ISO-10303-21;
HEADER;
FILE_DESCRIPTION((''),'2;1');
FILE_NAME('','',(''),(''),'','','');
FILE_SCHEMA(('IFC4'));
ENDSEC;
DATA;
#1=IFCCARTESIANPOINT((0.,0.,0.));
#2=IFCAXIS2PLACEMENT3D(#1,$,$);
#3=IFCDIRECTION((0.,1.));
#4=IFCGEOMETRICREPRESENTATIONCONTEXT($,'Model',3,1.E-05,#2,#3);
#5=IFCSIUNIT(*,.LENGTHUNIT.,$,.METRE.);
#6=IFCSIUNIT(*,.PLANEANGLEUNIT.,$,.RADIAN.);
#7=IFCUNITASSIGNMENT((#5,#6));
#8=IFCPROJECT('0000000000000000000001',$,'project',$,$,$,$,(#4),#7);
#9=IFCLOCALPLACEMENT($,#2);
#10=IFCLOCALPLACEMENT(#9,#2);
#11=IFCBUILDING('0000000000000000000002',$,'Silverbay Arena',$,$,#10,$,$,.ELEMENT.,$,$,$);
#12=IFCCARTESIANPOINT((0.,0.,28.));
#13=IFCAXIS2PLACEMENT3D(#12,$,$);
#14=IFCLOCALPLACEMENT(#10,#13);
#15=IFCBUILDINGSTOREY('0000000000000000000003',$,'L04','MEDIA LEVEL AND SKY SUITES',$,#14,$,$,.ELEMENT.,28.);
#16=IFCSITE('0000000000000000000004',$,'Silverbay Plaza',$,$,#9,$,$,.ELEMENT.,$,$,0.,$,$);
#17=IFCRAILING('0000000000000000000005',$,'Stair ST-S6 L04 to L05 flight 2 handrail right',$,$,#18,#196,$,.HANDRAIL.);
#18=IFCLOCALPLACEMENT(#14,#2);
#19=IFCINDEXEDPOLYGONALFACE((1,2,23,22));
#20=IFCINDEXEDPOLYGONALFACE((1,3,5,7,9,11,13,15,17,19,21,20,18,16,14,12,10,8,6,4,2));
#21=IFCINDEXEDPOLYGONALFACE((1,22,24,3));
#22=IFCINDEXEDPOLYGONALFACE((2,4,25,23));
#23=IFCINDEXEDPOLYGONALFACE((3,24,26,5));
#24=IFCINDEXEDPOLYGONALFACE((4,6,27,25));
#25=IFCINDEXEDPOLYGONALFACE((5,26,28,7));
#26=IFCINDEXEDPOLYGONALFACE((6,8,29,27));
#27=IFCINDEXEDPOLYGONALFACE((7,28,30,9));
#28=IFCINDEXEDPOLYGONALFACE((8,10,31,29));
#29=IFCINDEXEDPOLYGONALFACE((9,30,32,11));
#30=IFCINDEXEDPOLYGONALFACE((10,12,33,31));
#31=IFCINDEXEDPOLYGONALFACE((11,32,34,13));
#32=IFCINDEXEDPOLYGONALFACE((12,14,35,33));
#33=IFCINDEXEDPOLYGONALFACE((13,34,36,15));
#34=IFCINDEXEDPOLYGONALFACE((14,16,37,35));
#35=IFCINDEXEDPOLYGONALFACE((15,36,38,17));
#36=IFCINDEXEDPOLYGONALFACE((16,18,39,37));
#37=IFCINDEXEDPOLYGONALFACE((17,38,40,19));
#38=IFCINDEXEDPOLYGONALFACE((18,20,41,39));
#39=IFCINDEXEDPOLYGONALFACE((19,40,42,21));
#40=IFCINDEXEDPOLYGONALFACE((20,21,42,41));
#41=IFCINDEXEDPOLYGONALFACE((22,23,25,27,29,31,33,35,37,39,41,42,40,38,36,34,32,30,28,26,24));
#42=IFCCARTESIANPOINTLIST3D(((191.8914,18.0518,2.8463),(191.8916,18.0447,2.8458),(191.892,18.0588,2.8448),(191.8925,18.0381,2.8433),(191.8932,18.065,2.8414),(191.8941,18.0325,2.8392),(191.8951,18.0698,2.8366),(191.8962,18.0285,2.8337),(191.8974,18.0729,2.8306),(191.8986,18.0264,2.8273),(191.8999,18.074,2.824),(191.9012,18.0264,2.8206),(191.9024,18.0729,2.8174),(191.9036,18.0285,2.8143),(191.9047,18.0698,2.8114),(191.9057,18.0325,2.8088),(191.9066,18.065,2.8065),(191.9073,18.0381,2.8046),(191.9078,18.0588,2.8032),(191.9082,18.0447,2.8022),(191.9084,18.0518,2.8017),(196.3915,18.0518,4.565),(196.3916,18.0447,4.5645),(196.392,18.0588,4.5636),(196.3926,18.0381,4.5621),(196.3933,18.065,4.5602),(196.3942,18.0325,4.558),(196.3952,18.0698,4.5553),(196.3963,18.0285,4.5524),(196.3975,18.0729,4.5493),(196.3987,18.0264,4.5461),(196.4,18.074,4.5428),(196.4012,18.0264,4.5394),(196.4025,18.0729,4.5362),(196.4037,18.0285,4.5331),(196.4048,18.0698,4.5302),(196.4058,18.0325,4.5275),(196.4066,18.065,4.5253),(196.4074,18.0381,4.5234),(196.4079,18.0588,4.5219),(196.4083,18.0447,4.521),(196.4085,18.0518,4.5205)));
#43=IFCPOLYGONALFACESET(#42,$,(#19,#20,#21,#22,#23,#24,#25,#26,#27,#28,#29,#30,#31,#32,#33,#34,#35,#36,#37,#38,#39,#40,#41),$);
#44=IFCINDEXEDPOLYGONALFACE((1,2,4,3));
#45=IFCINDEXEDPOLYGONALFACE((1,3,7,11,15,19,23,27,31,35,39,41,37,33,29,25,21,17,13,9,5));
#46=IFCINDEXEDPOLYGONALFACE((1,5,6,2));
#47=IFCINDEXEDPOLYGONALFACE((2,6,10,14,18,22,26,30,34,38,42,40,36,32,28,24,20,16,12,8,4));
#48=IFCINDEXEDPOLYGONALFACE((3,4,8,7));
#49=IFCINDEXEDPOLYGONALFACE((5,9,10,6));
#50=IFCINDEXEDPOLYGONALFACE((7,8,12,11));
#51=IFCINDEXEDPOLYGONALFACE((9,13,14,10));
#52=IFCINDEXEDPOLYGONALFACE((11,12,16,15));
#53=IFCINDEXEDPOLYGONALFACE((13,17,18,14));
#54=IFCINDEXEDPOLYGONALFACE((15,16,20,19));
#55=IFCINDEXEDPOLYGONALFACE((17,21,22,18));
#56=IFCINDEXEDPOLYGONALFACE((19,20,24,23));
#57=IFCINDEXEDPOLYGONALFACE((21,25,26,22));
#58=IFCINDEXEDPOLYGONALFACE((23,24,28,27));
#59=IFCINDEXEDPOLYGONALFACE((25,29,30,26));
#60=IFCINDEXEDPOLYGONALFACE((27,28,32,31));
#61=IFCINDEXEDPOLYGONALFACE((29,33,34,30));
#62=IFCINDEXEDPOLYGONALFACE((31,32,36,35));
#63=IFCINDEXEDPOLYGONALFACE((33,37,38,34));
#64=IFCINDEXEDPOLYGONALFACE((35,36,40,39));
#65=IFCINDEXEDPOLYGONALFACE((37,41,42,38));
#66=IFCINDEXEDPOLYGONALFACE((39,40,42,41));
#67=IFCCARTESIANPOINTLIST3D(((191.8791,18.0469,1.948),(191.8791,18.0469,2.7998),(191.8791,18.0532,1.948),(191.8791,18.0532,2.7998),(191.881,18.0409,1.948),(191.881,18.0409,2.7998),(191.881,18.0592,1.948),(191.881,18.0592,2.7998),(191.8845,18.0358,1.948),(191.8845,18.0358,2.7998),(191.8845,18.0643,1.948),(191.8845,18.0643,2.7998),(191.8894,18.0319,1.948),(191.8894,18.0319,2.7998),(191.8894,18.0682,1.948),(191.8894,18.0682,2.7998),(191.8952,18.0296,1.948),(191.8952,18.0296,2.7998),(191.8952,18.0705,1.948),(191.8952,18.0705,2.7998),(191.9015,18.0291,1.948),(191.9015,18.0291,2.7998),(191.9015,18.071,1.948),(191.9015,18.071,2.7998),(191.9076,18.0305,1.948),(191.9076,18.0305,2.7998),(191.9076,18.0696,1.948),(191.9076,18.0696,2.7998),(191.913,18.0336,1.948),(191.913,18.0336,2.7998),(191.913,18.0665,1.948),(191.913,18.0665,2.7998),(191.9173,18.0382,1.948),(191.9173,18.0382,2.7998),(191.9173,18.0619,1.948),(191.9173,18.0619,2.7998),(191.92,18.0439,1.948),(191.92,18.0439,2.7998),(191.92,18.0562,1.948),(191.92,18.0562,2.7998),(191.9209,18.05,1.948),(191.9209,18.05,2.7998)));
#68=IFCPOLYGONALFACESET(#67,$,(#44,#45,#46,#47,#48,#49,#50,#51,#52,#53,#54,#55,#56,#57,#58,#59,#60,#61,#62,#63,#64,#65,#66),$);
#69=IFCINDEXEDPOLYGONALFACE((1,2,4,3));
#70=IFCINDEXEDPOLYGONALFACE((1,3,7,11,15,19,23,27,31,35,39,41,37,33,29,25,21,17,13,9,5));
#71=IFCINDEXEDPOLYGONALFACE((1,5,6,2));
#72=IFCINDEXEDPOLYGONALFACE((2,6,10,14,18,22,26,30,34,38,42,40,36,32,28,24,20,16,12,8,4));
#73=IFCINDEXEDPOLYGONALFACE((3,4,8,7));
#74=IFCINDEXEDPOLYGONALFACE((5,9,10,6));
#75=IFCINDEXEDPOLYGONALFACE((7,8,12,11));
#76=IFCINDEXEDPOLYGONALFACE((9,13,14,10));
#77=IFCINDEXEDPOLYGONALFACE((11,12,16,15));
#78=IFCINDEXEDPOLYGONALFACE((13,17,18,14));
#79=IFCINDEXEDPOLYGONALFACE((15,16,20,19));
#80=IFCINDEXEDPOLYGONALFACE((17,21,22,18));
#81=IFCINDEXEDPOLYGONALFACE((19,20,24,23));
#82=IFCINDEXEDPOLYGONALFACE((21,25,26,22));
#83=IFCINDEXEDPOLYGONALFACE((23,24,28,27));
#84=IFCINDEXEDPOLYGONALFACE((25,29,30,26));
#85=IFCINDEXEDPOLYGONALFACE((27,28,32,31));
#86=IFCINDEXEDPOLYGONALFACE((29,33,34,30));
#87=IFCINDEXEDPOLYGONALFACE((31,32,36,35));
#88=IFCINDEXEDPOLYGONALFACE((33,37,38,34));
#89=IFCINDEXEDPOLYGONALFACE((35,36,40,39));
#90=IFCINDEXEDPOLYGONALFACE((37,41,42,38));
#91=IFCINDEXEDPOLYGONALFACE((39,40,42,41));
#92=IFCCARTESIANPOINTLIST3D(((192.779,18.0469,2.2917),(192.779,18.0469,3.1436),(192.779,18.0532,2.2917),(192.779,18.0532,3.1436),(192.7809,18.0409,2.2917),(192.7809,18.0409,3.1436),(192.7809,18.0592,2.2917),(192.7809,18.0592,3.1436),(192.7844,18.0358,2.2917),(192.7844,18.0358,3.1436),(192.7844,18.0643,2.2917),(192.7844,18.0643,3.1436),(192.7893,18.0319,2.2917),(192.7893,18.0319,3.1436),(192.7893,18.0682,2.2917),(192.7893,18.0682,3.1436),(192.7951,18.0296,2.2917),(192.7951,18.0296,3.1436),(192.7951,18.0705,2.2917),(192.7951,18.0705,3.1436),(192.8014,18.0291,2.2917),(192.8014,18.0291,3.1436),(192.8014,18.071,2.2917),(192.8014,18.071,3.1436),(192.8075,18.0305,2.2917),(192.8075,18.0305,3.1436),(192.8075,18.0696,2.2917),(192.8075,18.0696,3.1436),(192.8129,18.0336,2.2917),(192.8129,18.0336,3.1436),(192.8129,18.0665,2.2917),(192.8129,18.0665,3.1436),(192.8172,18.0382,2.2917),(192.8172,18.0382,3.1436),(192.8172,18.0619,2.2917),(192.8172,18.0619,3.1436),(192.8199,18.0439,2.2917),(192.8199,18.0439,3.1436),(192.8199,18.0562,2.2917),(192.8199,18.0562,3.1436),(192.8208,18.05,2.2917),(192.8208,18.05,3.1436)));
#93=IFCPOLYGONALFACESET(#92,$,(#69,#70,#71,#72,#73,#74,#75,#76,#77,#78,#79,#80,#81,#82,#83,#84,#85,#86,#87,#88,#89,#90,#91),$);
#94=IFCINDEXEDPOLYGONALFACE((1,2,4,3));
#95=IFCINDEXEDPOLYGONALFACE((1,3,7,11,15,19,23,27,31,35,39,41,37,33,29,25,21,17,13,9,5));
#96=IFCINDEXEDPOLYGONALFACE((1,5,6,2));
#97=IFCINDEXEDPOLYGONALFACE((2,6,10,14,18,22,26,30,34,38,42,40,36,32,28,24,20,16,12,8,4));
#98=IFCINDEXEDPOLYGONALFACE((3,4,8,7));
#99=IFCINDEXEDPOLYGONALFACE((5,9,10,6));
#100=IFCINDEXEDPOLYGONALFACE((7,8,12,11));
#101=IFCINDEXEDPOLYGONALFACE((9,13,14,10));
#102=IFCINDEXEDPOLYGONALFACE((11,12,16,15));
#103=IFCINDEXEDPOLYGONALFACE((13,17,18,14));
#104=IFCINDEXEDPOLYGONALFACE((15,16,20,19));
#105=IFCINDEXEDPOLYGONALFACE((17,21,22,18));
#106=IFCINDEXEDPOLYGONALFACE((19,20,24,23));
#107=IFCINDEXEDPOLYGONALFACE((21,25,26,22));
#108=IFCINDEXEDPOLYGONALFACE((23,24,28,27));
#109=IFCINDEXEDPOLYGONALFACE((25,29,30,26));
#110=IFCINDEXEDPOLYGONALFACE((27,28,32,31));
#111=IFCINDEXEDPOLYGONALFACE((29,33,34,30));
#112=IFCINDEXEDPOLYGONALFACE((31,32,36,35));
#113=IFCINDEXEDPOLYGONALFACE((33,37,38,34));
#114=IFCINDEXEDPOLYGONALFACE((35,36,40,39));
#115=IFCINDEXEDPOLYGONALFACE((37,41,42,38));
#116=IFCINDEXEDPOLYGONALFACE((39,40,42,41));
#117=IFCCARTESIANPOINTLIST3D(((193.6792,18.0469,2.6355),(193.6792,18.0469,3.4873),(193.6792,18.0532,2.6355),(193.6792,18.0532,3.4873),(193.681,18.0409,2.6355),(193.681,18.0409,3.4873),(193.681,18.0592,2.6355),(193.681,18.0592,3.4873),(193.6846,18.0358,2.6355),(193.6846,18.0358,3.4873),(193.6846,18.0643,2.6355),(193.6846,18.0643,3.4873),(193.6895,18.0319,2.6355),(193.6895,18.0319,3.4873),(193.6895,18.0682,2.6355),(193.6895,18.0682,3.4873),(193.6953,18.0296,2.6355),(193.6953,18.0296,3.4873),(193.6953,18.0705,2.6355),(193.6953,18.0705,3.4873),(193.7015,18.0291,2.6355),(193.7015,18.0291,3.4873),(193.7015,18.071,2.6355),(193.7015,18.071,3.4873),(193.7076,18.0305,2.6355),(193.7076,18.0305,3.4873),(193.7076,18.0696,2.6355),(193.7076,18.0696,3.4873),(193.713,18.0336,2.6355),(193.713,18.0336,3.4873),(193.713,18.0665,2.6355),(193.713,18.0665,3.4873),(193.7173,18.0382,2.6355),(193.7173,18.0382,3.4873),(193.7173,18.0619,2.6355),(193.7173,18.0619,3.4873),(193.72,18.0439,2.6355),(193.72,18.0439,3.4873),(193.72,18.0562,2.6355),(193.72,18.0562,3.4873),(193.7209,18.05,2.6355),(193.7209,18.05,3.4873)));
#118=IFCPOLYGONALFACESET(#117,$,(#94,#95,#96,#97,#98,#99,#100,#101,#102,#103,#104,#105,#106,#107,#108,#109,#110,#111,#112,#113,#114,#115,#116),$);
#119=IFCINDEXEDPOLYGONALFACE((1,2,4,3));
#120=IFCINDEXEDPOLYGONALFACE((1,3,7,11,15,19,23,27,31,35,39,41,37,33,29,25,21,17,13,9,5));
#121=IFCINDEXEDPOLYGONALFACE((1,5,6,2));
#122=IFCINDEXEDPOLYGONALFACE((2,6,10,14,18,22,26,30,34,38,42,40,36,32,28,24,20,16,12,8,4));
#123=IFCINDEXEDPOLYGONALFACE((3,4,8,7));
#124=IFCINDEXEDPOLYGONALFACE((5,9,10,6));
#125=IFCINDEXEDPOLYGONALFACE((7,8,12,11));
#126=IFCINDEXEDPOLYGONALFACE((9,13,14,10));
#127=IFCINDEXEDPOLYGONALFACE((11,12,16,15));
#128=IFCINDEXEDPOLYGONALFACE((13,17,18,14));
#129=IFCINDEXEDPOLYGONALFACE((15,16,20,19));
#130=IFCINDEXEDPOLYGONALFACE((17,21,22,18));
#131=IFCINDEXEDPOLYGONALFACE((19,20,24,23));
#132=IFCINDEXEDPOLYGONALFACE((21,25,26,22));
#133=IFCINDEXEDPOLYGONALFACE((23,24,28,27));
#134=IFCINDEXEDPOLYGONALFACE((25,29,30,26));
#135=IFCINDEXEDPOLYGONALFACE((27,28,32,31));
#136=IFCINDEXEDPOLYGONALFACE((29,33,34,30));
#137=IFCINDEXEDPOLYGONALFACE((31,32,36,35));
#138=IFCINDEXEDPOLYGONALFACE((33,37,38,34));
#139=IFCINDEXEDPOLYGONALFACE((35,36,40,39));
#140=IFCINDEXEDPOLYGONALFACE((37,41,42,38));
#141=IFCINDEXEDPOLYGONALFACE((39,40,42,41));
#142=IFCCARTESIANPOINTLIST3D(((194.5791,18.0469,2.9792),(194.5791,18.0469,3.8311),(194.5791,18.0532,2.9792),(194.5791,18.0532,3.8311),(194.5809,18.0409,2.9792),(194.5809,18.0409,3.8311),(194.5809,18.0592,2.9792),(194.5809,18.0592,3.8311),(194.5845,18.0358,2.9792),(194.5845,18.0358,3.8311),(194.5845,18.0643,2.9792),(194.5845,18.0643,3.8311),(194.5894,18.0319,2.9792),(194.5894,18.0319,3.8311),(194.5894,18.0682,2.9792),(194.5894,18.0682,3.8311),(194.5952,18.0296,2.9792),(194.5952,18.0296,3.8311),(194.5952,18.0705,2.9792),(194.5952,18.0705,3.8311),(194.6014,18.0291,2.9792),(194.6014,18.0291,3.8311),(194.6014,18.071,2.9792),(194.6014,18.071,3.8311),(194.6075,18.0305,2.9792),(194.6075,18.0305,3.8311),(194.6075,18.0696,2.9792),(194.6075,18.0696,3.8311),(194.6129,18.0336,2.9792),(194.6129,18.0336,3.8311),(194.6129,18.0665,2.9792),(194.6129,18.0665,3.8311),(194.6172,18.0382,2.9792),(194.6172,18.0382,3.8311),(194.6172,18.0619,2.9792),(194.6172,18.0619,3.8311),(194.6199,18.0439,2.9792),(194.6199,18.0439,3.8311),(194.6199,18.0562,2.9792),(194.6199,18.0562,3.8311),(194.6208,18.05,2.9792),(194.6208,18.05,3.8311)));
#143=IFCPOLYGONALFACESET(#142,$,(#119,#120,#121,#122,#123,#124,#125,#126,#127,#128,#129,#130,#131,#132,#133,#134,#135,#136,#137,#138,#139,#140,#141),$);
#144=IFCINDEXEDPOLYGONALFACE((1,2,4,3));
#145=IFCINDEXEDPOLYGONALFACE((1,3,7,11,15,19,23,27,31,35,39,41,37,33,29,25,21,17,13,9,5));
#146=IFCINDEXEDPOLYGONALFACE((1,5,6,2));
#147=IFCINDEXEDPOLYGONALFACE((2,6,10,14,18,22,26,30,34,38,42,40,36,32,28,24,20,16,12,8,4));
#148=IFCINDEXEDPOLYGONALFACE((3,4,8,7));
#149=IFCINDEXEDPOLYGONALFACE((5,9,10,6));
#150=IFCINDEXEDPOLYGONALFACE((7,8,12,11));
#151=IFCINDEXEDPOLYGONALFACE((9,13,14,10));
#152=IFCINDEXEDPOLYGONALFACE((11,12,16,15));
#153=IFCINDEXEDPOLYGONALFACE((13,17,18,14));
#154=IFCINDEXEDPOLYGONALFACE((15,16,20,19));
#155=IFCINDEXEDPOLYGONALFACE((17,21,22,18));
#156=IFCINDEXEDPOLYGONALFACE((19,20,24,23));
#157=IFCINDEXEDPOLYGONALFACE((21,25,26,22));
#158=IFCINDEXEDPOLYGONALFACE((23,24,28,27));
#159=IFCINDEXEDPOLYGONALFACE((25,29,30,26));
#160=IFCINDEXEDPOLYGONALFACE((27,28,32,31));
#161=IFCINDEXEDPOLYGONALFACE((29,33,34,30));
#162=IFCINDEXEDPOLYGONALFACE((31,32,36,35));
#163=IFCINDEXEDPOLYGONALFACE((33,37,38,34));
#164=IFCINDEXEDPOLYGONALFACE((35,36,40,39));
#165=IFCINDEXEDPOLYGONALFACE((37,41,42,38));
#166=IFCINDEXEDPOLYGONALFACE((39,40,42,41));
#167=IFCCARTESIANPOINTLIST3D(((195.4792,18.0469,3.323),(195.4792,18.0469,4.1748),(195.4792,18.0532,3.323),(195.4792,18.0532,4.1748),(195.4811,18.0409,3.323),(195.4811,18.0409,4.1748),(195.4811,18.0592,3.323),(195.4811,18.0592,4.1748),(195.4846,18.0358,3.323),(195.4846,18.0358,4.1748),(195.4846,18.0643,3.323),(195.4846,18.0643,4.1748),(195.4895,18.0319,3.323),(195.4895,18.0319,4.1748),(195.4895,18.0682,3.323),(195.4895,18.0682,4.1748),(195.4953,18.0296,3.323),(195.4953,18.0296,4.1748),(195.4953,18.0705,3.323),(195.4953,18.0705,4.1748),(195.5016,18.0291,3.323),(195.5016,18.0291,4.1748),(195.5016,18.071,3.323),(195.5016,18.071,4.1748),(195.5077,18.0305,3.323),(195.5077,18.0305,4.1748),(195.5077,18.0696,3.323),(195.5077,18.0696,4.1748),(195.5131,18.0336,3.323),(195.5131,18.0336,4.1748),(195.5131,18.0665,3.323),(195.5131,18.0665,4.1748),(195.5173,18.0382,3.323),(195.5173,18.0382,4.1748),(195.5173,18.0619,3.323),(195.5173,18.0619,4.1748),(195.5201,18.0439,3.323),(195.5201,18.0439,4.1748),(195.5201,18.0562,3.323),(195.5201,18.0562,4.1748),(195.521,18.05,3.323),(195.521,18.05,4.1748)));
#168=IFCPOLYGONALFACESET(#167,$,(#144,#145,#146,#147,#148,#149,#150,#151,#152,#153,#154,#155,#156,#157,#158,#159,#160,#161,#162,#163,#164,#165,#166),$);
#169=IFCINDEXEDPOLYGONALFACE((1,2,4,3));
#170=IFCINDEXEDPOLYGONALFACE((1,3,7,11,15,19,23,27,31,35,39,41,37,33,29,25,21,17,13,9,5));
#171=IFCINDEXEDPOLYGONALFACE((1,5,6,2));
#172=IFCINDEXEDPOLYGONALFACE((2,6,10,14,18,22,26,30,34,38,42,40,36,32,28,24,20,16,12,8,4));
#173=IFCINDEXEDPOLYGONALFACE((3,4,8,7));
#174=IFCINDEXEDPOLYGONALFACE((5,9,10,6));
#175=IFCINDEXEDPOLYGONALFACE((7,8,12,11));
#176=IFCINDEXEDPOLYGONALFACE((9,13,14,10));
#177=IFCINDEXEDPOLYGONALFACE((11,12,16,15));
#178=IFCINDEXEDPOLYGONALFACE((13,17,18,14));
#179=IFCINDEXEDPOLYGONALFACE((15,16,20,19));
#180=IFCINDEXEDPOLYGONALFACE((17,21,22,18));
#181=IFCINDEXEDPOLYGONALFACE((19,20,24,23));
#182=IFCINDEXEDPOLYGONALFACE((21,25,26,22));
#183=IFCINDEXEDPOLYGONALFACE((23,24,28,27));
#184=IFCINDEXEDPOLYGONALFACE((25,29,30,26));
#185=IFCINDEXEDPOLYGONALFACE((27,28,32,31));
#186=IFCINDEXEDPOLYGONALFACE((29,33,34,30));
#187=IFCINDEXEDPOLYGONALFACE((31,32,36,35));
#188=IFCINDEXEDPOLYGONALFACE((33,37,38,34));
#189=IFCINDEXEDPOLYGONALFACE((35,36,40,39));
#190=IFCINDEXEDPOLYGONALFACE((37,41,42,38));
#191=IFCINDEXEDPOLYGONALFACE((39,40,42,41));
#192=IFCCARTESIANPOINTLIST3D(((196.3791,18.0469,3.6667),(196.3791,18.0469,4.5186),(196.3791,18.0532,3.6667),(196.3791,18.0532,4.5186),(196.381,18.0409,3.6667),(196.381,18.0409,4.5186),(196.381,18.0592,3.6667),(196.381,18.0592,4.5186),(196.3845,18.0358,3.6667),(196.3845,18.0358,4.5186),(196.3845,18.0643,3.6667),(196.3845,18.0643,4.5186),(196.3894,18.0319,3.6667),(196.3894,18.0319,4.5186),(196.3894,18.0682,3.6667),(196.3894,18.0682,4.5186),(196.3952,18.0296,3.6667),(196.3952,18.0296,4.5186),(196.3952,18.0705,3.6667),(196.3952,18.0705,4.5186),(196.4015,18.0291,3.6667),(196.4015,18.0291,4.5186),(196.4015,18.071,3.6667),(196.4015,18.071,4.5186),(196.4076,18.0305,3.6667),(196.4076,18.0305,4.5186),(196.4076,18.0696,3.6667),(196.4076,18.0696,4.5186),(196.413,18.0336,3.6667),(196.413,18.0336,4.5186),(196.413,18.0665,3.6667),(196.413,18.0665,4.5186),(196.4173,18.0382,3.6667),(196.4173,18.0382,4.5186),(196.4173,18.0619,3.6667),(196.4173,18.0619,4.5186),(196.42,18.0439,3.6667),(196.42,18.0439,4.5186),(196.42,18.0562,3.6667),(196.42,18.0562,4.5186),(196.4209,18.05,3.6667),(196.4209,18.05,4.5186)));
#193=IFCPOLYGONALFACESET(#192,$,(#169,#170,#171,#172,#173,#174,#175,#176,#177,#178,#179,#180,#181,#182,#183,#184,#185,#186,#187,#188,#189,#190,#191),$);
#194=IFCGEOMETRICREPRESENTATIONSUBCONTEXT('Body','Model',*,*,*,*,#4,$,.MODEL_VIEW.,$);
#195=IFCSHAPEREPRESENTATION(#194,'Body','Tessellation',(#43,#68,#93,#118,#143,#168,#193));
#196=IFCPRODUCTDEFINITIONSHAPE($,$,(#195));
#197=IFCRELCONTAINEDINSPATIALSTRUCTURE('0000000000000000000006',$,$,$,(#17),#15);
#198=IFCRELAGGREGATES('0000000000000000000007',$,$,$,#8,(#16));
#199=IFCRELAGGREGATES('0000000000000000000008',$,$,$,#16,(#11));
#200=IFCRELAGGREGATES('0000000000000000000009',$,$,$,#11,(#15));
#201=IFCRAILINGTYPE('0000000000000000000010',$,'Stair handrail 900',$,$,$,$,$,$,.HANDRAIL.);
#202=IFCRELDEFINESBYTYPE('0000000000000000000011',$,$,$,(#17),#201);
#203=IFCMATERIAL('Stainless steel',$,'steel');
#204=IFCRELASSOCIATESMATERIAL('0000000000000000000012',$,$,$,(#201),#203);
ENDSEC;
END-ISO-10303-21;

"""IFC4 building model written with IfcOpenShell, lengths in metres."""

from ifc_helpers import new_model, si_unit, direction, frame, origin, origin_2d, place, context, subcontext, project, spatial, circle, extrude, material, type_object, element, save


model = new_model("IFC4")

# Units and contexts
model_context = context("Model", 3, precision=1e-05, world=origin(), true_north=direction((0.0, 1.0)))
body_context = subcontext(model_context, "Body", "Model", "MODEL_VIEW")
ifc_project = project(units=[si_unit("LENGTHUNIT", "METRE"), si_unit("PLANEANGLEUNIT", "RADIAN")], contexts=[model_context])

# Site, building, storey
site_placement = place(None, origin())
site = spatial("IfcSite", under=ifc_project, at=site_placement, Name="Silverbay Plaza", CompositionType="ELEMENT", RefElevation=0.0)
building_placement = place(site_placement, origin())
building = spatial("IfcBuilding", under=site, at=building_placement, Name="Silverbay Arena", CompositionType="ELEMENT")
storey_placement = place(building_placement, frame((0.0, 0.0, 28.0)))
storey = spatial("IfcBuildingStorey", under=building, at=storey_placement, Name="L04", Description="MEDIA LEVEL AND SKY SUITES", CompositionType="ELEMENT", Elevation=28.0)

# Railing
ifc_material_1 = material(Name="Stainless steel", Category="steel")
railing_type_1 = type_object("IfcRailingType", Name="Stair handrail 900", PredefinedType="HANDRAIL", material=ifc_material_1)
for number, where, name in (
    (1, (191.8999, 18.05, 1.948), "Stair ST-S6 L04 to L05 flight 2 handrail right"),
):
    element("IfcRailing", number, at=place(storey_placement, frame(where)), inside=storey, type_object=railing_type_1, Name=name, PredefinedType="HANDRAIL", context=body_context, shape_type="SweptSolid", body=[
        extrude(circle(Radius=0.0239, at=origin_2d()), frame((0.0, 0.0, 0.876), z_axis=(0.934179, 0.0, 0.356805), x_axis=(0.0, 1.0, 0.0)), (0.0, 0.0, 1.0), 4.8171),
        extrude(circle(Radius=0.021, at=origin_2d()), origin(), (0.0, 0.0, 1.0), 0.8518),
        extrude(circle(Radius=0.021, at=origin_2d()), frame((0.8999, 0.0, 0.3438)), (0.0, 0.0, 1.0), 0.8518),
        extrude(circle(Radius=0.021, at=origin_2d()), frame((1.8, 0.0, 0.6875)), (0.0, 0.0, 1.0), 0.8518),
        extrude(circle(Radius=0.021, at=origin_2d()), frame((2.7, 0.0, 1.0312)), (0.0, 0.0, 1.0), 0.8518),
        extrude(circle(Radius=0.021, at=origin_2d()), frame((3.6001, 0.0, 1.375)), (0.0, 0.0, 1.0), 0.8518),
        extrude(circle(Radius=0.021, at=origin_2d()), frame((4.5, 0.0, 1.7188)), (0.0, 0.0, 1.0), 0.8518),
    ])

save(model, "model.ifc")
